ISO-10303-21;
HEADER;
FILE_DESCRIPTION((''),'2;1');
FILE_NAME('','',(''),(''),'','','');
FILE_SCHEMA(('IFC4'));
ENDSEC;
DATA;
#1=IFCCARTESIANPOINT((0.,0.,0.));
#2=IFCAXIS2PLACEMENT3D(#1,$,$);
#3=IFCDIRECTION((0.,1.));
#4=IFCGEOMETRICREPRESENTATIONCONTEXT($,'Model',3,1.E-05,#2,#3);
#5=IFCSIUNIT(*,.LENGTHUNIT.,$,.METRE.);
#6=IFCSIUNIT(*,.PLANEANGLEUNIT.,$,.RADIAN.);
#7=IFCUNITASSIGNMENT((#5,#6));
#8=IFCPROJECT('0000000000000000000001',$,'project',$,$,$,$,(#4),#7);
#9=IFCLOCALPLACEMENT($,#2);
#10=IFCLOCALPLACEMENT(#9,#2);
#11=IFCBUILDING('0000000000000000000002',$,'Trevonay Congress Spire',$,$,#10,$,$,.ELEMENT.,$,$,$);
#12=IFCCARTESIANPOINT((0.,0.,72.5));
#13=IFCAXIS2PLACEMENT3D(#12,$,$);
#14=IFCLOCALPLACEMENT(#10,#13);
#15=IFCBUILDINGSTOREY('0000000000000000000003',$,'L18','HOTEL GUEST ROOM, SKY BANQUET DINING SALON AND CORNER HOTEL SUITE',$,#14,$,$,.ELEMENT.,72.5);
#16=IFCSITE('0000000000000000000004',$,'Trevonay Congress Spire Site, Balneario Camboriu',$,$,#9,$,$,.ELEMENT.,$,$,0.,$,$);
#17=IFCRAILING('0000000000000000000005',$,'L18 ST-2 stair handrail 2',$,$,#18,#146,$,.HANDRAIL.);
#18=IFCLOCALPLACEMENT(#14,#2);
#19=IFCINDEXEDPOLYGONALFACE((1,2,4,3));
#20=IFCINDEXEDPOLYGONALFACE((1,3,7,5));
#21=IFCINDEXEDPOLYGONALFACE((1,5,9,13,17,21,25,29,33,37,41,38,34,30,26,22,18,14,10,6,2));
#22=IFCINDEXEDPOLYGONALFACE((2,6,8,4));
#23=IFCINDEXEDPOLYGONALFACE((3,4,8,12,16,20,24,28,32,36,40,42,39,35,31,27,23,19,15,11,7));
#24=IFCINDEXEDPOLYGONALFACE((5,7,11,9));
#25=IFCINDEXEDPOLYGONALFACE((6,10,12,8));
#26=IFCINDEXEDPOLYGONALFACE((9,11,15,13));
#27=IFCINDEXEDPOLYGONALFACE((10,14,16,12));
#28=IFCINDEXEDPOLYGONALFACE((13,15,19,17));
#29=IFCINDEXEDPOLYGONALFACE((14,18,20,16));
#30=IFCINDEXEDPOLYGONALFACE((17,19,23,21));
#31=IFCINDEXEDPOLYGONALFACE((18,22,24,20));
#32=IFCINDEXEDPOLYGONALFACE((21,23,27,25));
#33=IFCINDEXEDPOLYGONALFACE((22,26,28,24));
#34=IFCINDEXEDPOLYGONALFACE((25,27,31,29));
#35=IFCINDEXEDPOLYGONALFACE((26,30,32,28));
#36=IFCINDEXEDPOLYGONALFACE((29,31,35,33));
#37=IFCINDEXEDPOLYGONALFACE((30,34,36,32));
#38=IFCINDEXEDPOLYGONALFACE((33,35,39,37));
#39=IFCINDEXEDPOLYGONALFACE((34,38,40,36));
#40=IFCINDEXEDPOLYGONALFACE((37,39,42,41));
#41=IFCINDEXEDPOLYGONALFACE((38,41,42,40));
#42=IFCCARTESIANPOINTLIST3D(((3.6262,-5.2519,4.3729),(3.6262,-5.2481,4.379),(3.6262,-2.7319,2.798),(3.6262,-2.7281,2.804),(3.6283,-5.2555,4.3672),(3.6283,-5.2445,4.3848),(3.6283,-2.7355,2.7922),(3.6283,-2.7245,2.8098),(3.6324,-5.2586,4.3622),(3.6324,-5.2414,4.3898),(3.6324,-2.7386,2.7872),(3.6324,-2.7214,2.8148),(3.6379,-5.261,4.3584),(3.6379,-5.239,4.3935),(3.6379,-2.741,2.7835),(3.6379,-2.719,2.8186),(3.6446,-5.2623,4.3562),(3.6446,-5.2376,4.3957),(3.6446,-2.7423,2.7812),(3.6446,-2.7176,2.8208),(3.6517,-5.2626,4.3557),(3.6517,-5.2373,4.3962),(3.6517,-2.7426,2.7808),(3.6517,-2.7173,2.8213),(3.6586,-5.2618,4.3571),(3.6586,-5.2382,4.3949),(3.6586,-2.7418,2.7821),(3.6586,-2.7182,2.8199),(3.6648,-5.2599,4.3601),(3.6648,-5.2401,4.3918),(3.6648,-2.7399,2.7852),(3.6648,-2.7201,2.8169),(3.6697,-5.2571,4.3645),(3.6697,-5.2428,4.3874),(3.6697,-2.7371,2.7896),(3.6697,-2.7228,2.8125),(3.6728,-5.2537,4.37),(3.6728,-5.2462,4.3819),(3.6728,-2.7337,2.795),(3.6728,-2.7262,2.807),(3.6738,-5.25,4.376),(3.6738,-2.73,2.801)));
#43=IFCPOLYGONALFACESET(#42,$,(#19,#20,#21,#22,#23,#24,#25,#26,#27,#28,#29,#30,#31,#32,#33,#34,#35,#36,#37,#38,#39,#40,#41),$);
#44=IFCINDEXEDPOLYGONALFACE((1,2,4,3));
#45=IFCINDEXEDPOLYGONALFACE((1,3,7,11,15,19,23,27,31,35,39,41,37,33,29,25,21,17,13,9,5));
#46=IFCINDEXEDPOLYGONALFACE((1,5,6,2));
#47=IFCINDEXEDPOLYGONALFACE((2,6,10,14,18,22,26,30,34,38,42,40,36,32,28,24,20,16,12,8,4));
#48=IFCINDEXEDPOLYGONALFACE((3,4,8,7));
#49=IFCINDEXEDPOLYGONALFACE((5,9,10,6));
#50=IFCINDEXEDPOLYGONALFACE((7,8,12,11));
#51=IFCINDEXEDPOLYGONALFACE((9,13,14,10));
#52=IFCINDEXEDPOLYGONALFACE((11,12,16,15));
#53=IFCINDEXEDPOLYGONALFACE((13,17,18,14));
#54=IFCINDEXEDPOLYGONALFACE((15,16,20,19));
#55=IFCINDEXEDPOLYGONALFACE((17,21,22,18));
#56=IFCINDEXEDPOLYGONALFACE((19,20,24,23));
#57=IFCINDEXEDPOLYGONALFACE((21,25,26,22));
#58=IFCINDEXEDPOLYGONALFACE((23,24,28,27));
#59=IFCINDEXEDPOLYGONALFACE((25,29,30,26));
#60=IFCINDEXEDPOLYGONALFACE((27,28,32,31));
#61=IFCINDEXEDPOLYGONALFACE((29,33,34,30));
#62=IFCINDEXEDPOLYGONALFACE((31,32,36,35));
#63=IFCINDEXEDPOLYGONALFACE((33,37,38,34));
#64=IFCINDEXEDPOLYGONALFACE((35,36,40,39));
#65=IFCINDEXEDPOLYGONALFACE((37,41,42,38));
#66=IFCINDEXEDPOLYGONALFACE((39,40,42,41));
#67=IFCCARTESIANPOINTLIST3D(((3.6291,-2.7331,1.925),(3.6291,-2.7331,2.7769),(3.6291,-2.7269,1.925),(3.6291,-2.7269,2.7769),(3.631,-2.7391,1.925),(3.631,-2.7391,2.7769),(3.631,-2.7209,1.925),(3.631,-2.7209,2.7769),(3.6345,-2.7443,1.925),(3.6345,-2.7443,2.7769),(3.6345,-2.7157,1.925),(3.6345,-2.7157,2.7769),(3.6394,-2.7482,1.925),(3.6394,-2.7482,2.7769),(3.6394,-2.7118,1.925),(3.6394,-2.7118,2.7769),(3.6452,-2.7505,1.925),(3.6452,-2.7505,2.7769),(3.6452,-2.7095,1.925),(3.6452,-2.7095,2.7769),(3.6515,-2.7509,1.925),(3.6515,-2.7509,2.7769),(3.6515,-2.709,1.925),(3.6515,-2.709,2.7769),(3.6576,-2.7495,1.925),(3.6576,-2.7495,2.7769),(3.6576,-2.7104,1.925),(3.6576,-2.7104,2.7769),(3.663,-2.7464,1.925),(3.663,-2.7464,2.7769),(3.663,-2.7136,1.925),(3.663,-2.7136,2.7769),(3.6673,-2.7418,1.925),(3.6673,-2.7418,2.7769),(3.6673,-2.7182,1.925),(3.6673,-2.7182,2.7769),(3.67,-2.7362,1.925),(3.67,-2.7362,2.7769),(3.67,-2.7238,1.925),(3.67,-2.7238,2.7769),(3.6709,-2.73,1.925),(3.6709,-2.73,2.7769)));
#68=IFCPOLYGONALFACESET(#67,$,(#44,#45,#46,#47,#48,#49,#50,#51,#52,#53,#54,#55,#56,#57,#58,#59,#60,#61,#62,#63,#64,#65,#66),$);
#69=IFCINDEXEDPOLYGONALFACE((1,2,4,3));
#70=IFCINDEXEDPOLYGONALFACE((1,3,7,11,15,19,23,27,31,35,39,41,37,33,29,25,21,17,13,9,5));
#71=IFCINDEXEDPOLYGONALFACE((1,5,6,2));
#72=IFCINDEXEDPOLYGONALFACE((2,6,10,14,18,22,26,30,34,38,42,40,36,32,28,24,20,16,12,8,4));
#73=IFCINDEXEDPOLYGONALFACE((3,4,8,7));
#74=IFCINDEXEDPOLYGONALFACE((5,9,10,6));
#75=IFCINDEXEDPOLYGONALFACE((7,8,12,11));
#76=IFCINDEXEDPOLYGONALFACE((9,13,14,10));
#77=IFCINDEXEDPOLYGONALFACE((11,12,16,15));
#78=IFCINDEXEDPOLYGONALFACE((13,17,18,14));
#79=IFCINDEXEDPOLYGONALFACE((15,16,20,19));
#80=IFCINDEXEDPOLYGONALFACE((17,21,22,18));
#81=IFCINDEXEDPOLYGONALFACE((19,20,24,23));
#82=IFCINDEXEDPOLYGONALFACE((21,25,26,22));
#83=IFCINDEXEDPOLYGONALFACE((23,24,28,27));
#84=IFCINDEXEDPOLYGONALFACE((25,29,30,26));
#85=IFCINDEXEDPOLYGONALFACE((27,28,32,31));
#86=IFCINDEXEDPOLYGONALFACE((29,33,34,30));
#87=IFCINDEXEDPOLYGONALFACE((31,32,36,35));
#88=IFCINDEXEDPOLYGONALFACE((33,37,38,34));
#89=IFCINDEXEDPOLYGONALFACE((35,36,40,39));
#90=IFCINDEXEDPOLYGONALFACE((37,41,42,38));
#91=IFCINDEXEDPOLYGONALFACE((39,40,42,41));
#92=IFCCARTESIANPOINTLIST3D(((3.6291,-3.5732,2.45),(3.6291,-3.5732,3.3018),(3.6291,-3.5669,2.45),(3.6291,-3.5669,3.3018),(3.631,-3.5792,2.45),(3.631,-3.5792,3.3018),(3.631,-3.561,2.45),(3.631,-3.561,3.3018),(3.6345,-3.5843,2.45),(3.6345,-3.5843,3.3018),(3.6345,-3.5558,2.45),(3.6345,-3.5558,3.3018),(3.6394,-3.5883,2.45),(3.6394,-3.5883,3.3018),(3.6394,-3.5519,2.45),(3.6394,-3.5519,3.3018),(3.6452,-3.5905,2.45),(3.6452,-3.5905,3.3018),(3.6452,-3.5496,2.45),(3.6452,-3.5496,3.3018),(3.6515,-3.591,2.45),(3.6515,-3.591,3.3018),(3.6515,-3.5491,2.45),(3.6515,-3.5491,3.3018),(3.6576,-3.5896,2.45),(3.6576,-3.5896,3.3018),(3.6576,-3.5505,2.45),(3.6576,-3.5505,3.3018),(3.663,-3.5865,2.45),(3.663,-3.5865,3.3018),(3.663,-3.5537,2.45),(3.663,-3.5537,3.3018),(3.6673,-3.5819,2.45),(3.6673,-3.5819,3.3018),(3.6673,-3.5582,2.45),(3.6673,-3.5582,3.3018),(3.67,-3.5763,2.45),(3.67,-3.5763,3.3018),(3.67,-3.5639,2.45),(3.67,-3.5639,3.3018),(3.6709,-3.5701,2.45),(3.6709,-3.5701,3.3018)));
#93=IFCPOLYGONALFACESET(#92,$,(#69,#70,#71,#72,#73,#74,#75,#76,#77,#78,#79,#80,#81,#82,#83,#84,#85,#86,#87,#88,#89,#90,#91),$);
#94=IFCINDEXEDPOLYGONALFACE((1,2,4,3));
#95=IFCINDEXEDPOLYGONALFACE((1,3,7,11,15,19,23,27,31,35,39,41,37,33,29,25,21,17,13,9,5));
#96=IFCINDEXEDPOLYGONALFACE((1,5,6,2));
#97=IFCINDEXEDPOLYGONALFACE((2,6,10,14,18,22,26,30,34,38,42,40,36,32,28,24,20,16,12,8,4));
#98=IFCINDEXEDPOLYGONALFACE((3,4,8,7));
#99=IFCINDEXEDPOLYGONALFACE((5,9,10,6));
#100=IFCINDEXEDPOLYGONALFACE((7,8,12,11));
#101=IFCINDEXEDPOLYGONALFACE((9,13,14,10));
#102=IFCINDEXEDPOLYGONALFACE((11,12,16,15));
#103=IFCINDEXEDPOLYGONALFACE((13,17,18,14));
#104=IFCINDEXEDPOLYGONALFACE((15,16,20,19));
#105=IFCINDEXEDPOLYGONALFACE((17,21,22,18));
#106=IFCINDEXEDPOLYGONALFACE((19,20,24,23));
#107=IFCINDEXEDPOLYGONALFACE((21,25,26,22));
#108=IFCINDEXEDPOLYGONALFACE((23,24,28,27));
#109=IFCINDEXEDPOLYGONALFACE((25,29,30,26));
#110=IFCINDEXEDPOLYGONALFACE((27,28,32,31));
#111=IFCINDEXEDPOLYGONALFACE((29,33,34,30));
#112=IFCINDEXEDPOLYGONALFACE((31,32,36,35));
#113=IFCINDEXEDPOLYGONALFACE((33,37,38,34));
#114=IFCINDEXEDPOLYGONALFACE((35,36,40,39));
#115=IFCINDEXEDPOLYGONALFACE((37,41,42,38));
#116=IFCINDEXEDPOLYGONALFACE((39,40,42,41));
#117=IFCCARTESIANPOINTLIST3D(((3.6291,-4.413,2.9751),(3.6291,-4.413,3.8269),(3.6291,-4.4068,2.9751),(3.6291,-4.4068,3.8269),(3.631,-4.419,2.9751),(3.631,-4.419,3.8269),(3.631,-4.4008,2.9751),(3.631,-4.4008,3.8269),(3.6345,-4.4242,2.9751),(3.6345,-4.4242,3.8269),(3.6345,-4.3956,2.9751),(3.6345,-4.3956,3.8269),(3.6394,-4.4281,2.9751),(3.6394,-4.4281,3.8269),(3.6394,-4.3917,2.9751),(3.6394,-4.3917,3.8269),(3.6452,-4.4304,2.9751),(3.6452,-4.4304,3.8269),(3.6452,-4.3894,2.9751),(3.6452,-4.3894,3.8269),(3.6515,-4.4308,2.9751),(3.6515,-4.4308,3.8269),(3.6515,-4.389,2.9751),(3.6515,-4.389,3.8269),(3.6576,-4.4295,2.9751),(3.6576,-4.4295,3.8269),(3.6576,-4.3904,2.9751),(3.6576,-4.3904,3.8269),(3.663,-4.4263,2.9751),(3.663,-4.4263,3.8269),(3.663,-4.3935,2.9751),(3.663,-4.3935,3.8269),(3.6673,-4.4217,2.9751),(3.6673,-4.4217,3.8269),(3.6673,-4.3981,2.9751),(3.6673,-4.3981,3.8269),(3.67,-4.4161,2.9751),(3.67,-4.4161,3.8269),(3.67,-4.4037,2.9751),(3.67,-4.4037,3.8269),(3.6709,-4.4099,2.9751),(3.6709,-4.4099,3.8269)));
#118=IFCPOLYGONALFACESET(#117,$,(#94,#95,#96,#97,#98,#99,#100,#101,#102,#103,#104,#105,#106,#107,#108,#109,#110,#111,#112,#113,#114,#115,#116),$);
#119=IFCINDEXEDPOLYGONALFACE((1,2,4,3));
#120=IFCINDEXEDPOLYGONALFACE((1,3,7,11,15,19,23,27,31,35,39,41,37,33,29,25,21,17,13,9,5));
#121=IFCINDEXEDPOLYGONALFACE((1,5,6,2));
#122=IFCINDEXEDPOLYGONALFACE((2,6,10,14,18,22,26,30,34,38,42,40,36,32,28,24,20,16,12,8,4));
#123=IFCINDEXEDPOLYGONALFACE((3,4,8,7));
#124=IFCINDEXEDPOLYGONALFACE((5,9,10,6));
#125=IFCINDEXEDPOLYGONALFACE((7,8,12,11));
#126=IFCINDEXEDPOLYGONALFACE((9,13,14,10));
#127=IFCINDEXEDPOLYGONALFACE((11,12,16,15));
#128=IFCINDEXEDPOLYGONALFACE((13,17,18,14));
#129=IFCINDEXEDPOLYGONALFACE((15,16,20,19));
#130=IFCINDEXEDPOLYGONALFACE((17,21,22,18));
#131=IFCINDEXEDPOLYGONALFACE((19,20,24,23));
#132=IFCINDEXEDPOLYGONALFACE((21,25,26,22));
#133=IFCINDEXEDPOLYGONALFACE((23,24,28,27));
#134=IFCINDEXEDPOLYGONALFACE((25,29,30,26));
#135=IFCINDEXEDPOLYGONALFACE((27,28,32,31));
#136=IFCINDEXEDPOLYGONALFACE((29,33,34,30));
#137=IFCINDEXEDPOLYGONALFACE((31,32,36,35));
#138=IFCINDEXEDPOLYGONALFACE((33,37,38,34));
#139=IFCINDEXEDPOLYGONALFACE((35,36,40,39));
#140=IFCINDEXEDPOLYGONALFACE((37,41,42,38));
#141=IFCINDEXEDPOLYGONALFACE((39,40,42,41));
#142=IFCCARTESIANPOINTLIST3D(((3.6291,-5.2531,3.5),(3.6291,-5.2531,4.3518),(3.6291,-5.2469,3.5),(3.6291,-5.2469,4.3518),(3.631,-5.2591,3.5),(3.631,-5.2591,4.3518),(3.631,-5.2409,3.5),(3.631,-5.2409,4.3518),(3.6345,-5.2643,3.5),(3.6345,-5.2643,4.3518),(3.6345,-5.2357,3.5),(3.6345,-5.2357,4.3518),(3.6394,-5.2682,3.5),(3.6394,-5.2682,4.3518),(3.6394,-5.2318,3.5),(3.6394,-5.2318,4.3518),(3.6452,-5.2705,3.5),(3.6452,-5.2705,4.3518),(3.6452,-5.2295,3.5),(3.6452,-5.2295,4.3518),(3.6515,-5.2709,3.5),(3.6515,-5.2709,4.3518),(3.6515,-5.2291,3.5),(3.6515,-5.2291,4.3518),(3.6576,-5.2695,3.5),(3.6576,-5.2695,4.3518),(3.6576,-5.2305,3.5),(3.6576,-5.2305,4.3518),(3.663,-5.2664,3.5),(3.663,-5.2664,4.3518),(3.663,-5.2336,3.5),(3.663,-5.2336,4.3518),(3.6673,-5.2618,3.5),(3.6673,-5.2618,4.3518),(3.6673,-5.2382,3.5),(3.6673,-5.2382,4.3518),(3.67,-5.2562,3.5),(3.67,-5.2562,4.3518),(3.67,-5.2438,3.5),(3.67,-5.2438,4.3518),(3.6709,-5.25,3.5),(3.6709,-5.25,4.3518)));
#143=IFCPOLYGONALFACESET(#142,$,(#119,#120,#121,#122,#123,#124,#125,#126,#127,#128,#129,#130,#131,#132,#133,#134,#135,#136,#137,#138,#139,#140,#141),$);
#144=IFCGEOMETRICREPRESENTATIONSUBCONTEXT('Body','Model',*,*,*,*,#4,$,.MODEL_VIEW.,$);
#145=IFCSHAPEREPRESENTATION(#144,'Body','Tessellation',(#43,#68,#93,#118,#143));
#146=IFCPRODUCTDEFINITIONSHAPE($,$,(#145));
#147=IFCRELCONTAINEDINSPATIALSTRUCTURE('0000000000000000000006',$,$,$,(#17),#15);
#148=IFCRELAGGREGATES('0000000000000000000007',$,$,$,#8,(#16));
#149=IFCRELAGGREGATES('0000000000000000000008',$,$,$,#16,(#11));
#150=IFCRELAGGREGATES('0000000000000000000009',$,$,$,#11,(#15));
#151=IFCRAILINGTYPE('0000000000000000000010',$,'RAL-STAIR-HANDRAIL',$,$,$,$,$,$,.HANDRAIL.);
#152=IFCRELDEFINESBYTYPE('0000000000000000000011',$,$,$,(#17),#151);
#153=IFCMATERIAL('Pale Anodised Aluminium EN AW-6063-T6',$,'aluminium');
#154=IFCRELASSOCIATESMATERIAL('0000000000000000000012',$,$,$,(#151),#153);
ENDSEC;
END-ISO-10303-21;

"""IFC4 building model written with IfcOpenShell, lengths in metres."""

from ifc_helpers import new_model, si_unit, direction, frame, origin, origin_2d, place, context, subcontext, project, spatial, circle, extrude, material, type_object, element, save


model = new_model("IFC4")

# Units and contexts
model_context = context("Model", 3, precision=1e-05, world=origin(), true_north=direction((0.0, 1.0)))
body_context = subcontext(model_context, "Body", "Model", "MODEL_VIEW")
ifc_project = project(units=[si_unit("LENGTHUNIT", "METRE"), si_unit("PLANEANGLEUNIT", "RADIAN")], contexts=[model_context])

# Site, building, storey
site_placement = place(None, origin())
site = spatial("IfcSite", under=ifc_project, at=site_placement, Name="Trevonay Congress Spire Site, Balneario Camboriu", CompositionType="ELEMENT", RefElevation=0.0)
building_placement = place(site_placement, origin())
building = spatial("IfcBuilding", under=site, at=building_placement, Name="Trevonay Congress Spire", CompositionType="ELEMENT")
storey_placement = place(building_placement, frame((0.0, 0.0, 72.5)))
storey = spatial("IfcBuildingStorey", under=building, at=storey_placement, Name="L18", Description="HOTEL GUEST ROOM, SKY BANQUET DINING SALON AND CORNER HOTEL SUITE", CompositionType="ELEMENT", Elevation=72.5)

# Railing
ifc_material_1 = material(Name="Pale Anodised Aluminium EN AW-6063-T6", Category="aluminium")
railing_type_1 = type_object("IfcRailingType", Name="RAL-STAIR-HANDRAIL", PredefinedType="HANDRAIL", material=ifc_material_1)
railing_1_placement = place(storey_placement, frame((3.6499, -2.73, 1.925)))
element("IfcRailing", 1, at=railing_1_placement, inside=storey, type_object=railing_type_1, Name="L18 ST-2 stair handrail 2", PredefinedType="HANDRAIL", context=body_context, shape_type="SweptSolid", body=[
    extrude(circle(Radius=0.0239, at=origin_2d()), frame((0.0, 0.0, 0.876), z_axis=(0.0, -0.848008, 0.529984), x_axis=(1.0, 0.0, 0.0)), (0.0, 0.0, 1.0), 2.9717),
    extrude(circle(Radius=0.021, at=origin_2d()), origin(), (0.0, 0.0, 1.0), 0.8518),
    extrude(circle(Radius=0.021, at=origin_2d()), frame((0.0, -0.8401, 0.5249)), (0.0, 0.0, 1.0), 0.8518),
    extrude(circle(Radius=0.021, at=origin_2d()), frame((0.0, -1.6799, 1.05)), (0.0, 0.0, 1.0), 0.8518),
    extrude(circle(Radius=0.021, at=origin_2d()), frame((0.0, -2.52, 1.575)), (0.0, 0.0, 1.0), 0.8518),
])

save(model, "model.ifc")
